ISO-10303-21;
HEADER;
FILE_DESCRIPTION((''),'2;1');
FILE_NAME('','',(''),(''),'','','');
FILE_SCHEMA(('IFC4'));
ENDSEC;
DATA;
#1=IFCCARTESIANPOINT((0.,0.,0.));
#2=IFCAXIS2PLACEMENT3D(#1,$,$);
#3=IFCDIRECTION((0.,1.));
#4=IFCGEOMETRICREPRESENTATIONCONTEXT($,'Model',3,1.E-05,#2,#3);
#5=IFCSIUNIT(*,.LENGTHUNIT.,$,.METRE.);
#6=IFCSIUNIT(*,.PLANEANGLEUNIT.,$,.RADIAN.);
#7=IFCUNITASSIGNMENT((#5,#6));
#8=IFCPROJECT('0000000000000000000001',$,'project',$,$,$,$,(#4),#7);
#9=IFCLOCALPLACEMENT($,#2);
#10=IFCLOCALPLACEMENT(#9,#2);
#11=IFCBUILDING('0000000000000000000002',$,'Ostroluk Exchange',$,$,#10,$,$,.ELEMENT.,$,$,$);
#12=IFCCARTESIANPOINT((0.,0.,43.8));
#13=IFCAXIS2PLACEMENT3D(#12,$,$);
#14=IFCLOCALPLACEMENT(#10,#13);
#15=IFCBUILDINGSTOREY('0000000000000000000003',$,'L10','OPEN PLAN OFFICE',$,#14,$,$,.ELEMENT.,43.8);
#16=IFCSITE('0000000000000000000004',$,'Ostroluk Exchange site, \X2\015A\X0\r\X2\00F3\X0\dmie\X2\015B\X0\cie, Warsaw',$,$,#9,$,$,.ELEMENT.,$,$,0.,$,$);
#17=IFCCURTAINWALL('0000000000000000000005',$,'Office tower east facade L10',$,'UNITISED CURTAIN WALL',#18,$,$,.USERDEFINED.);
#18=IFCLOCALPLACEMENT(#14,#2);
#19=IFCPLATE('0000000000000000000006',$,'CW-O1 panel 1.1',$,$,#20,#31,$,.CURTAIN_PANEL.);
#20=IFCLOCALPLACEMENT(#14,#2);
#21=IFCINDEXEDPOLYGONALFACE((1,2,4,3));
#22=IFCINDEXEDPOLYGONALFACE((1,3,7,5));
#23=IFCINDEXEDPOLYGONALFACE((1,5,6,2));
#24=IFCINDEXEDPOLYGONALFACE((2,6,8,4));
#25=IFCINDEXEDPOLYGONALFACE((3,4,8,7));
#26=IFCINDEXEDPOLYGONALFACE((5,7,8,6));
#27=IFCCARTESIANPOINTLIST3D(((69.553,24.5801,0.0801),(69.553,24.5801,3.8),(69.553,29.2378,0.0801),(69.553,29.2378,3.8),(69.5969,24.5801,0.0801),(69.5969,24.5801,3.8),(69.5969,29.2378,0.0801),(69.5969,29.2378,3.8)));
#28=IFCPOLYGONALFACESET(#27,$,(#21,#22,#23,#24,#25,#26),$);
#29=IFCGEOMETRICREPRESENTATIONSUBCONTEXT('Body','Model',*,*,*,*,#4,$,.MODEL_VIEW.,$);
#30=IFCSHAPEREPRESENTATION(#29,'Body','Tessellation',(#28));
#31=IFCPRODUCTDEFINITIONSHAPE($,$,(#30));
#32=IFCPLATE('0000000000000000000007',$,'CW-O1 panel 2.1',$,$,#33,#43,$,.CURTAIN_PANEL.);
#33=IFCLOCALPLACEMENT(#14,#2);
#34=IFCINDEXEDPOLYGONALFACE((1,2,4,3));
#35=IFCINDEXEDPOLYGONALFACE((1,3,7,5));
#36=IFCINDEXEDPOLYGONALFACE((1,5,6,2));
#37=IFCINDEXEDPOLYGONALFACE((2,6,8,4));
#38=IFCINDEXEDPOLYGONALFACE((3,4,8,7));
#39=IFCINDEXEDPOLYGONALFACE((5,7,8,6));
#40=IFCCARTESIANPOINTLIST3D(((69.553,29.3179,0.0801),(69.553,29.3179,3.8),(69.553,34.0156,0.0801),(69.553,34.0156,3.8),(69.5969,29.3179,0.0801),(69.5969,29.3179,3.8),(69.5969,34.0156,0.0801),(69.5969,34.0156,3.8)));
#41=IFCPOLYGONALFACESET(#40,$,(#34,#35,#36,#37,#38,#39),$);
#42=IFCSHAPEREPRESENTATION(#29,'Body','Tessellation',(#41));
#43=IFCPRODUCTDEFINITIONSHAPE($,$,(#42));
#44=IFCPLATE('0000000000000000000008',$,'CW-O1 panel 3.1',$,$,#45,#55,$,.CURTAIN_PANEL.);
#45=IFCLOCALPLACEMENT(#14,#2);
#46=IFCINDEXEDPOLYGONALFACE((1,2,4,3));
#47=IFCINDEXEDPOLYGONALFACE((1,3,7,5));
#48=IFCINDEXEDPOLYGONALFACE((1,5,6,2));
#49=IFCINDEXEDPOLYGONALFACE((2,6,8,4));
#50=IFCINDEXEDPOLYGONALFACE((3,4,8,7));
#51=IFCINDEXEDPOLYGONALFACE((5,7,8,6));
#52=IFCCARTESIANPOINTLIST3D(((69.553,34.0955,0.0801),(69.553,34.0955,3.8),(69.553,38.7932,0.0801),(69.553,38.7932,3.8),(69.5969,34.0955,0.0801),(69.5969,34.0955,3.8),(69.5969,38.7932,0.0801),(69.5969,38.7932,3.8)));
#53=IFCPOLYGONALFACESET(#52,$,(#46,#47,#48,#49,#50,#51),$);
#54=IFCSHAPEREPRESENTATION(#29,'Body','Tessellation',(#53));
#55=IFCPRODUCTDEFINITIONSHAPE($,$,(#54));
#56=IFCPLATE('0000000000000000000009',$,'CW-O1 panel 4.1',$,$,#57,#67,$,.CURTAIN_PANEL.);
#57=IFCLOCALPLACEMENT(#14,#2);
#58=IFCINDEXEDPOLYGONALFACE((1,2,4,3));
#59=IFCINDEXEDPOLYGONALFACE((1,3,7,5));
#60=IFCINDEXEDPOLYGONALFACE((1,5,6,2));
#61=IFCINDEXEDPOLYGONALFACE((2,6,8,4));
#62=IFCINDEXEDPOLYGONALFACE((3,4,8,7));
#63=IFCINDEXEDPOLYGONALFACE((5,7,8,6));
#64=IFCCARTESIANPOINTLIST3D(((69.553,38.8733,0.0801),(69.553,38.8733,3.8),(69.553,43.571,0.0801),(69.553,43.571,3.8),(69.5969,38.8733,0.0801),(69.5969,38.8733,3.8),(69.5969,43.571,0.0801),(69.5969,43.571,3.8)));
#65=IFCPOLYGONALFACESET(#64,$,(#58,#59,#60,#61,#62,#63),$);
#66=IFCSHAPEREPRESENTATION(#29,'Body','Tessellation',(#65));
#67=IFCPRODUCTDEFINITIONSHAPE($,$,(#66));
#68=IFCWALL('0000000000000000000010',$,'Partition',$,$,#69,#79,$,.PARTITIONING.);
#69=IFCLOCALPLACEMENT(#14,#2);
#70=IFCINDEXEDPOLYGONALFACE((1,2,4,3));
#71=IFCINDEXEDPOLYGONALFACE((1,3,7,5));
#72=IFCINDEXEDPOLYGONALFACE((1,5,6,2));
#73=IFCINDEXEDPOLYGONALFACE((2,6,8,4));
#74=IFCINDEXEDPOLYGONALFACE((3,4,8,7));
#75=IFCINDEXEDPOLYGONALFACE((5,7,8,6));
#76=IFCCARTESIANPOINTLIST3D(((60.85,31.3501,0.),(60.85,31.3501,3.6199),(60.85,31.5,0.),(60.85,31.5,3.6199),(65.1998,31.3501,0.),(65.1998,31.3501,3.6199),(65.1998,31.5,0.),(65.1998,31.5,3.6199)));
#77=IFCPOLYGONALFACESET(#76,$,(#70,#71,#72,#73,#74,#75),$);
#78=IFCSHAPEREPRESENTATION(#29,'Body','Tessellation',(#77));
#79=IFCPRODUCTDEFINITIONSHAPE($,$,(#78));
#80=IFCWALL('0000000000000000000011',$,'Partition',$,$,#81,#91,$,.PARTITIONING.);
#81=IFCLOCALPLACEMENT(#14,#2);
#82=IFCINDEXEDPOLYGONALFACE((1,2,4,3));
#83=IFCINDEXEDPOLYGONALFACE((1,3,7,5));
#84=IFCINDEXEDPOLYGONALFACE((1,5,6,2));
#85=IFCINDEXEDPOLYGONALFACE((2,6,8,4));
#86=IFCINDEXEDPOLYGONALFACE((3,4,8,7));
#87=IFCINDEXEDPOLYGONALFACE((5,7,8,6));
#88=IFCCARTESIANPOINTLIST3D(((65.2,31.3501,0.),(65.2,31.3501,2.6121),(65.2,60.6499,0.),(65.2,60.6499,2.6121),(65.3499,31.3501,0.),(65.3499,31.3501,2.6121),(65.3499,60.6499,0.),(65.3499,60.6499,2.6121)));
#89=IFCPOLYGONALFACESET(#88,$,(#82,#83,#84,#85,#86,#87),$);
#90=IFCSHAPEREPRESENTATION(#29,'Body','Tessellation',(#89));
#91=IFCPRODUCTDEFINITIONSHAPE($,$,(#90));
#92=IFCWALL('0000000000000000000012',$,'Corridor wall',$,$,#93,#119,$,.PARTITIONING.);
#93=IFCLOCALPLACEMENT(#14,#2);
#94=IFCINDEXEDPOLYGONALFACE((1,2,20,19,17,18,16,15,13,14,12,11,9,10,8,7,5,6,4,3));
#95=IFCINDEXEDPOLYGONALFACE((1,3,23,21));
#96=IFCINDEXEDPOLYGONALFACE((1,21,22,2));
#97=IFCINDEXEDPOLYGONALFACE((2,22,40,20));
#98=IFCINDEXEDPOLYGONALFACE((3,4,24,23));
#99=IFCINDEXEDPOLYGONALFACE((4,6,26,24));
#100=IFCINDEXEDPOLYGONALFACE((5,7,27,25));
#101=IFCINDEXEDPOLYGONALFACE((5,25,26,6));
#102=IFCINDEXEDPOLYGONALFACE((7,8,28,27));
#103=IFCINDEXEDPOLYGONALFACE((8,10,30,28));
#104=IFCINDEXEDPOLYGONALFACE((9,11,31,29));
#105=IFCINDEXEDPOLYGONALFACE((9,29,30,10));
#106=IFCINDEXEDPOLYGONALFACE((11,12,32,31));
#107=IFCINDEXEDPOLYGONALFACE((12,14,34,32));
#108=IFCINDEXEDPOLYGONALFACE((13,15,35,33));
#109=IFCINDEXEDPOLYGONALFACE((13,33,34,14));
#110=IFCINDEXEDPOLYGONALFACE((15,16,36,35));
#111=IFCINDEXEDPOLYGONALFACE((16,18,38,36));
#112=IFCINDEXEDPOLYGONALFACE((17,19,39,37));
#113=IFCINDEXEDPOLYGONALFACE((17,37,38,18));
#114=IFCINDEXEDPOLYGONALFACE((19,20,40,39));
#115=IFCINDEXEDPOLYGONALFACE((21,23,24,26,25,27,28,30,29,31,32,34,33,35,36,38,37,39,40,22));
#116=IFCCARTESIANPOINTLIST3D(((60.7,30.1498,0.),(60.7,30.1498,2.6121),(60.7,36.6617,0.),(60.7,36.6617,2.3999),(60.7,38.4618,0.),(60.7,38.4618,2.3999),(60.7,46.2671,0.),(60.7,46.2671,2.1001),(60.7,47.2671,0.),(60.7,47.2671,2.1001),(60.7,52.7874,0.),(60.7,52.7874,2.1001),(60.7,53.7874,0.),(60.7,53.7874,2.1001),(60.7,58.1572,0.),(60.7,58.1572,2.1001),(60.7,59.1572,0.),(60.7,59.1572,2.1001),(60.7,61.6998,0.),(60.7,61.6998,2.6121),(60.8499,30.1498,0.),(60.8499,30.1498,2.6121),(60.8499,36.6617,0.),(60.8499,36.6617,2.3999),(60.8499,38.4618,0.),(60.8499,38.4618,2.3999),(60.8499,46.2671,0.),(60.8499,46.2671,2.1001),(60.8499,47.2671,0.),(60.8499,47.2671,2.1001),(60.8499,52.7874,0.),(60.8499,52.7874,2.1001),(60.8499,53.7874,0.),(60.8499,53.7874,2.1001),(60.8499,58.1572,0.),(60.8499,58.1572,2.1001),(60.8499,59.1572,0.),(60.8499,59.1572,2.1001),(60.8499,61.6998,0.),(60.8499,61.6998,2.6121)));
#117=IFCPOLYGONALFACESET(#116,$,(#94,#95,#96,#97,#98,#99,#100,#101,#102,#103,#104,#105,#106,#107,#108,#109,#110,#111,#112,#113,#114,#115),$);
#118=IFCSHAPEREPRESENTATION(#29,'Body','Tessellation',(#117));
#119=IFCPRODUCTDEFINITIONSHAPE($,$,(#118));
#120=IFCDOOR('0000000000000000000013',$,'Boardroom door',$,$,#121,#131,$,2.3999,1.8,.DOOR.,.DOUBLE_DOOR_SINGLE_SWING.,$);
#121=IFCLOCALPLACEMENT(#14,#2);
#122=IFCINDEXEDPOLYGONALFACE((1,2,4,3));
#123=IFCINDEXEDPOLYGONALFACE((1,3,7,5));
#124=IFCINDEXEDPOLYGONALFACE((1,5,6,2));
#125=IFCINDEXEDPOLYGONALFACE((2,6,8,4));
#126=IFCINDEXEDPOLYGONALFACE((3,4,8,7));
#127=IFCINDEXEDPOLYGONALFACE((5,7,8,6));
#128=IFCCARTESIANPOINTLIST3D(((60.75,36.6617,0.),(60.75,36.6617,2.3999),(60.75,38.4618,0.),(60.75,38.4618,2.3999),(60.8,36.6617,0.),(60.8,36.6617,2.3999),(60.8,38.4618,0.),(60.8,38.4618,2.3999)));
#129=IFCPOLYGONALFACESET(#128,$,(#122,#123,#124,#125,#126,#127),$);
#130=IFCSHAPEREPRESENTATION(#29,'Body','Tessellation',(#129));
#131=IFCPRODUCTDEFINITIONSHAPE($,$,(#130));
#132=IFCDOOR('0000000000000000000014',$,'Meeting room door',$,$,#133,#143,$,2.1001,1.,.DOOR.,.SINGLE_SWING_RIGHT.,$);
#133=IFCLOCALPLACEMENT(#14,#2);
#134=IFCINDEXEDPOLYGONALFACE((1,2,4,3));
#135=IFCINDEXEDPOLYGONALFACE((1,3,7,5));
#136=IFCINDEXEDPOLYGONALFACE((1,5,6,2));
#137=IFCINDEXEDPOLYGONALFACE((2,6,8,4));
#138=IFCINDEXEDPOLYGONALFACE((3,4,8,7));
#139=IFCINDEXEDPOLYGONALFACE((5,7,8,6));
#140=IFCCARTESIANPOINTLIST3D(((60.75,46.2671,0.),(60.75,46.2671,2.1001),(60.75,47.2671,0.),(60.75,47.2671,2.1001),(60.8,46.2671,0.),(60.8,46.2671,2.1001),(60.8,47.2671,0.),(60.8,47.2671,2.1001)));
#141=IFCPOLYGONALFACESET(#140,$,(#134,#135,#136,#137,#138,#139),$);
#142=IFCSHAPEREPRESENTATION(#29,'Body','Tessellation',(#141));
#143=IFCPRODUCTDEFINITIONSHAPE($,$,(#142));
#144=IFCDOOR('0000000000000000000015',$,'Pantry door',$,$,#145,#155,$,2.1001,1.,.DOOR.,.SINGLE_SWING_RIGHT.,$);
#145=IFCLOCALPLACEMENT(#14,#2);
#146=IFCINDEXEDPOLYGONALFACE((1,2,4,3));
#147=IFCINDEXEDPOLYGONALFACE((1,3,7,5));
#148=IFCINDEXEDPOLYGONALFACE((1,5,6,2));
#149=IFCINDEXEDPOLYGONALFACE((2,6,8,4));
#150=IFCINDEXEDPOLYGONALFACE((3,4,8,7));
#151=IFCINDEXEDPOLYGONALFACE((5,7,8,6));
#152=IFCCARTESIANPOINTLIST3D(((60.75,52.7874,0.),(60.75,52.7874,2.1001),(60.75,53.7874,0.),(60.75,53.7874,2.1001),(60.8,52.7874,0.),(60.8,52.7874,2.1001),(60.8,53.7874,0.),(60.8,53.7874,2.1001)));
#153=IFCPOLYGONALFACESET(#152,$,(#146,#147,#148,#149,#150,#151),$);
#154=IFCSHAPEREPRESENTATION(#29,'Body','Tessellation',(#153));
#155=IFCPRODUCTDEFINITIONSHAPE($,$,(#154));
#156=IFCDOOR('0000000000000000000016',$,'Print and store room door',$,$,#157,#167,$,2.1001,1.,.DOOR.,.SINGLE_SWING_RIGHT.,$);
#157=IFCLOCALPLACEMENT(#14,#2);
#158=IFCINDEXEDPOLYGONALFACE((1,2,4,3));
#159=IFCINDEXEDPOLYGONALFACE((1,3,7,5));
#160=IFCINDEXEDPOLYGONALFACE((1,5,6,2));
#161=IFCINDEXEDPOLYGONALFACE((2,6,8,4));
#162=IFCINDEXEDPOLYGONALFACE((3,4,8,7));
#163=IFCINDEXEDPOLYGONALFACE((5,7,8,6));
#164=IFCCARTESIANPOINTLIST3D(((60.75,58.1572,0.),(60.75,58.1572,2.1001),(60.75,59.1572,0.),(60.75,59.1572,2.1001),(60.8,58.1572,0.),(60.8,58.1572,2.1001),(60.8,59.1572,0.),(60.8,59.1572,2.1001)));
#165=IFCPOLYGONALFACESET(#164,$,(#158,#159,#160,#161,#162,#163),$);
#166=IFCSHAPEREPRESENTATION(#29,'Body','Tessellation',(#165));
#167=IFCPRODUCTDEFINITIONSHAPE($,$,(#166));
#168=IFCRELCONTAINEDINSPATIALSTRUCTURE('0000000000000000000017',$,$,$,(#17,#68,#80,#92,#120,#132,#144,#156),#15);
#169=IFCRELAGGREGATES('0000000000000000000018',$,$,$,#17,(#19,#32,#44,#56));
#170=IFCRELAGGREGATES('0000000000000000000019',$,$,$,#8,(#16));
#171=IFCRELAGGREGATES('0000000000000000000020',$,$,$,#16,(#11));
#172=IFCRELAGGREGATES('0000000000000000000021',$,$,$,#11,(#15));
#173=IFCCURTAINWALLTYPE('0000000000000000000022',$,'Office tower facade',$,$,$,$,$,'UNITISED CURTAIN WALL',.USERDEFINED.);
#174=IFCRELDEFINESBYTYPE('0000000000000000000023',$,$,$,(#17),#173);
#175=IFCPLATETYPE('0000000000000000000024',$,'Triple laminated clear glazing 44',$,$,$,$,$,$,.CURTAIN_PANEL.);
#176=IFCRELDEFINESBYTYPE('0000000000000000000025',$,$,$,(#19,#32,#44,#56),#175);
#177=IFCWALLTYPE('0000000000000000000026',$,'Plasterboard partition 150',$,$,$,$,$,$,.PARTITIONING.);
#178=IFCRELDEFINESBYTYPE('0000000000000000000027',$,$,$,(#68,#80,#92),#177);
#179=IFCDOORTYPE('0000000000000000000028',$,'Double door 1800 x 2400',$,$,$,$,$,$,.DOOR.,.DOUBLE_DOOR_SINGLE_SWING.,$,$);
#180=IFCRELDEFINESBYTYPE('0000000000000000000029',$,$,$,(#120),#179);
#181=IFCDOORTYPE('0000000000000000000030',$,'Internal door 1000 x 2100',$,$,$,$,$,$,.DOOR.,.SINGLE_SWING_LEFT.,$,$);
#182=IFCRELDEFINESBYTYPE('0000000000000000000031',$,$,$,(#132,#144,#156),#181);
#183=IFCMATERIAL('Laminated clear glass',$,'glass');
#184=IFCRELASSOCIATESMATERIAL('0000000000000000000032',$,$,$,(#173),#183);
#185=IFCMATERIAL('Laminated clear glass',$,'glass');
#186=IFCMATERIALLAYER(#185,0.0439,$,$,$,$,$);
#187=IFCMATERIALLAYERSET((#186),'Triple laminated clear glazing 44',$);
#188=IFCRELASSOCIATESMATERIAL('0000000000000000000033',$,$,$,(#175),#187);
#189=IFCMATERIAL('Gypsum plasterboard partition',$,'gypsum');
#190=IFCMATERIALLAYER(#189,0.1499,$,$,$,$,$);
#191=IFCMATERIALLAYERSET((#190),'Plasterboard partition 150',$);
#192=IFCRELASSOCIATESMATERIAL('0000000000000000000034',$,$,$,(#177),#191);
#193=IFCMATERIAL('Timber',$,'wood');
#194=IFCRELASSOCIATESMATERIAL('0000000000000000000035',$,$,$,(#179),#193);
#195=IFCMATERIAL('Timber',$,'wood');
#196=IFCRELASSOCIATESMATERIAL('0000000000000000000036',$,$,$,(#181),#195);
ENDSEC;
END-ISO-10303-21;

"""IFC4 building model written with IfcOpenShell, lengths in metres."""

from ifc_helpers import new_model, si_unit, direction, frame, frame_2d, origin, origin_2d, place, context, subcontext, project, spatial, rectangle, extrude, material, layer, layer_set, type_object, element, fill, aggregate, save


model = new_model("IFC4")

# Units and contexts
model_context = context("Model", 3, precision=1e-05, world=origin(), true_north=direction((0.0, 1.0)))
body_context = subcontext(model_context, "Body", "Model", "MODEL_VIEW")
ifc_project = project(units=[si_unit("LENGTHUNIT", "METRE"), si_unit("PLANEANGLEUNIT", "RADIAN")], contexts=[model_context])

# Site, building, storey
site_placement = place(None, origin())
site = spatial("IfcSite", under=ifc_project, at=site_placement, Name="Ostroluk Exchange site, Śródmieście, Warsaw", CompositionType="ELEMENT", RefElevation=0.0)
building_placement = place(site_placement, origin())
building = spatial("IfcBuilding", under=site, at=building_placement, Name="Ostroluk Exchange", CompositionType="ELEMENT")
storey_placement = place(building_placement, frame((0.0, 0.0, 43.8)))
storey = spatial("IfcBuildingStorey", under=building, at=storey_placement, Name="L10", Description="OPEN PLAN OFFICE", CompositionType="ELEMENT", Elevation=43.8)

# Curtain wall, plates
ifc_material_1 = material(Name="Laminated clear glass", Category="glass")
curtain_wall_type = type_object("IfcCurtainWallType", Name="Office tower facade", ElementType="UNITISED CURTAIN WALL", PredefinedType="USERDEFINED", material=ifc_material_1)
curtain_wall_placement = place(storey_placement, origin())
curtain_wall = element("IfcCurtainWall", 1, at=curtain_wall_placement, inside=storey, type_object=curtain_wall_type, Name="Office tower east facade L10", ObjectType="UNITISED CURTAIN WALL", PredefinedType="USERDEFINED")
ifc_material_2 = material(Name="Laminated clear glass", Category="glass")
ifc_layer_1 = layer(ifc_material_2, 0.0439)
ifc_layer_set_1 = layer_set([ifc_layer_1], Name="Triple laminated clear glazing 44")
plate_type = type_object("IfcPlateType", Name="Triple laminated clear glazing 44", PredefinedType="CURTAIN_PANEL", material=ifc_layer_set_1)
plate_1_placement = place(storey_placement, frame((69.575, 26.9089, 0.0801), z_axis=(0.0, 0.0, 1.0), x_axis=(0.0, 1.0, 0.0)))
plate_1 = element("IfcPlate", 2, at=plate_1_placement, type_object=plate_type, Name="CW-O1 panel 1.1", PredefinedType="CURTAIN_PANEL", context=body_context, shape_type="SweptSolid", body=[
    extrude(rectangle(XDim=4.6577, YDim=0.0439, at=origin_2d()), origin(), (0.0, 0.0, 1.0), 3.72),
])
plate_2_placement = place(storey_placement, frame((69.575, 31.6667, 0.0801), z_axis=(0.0, 0.0, 1.0), x_axis=(0.0, 1.0, 0.0)))
plate_2 = element("IfcPlate", 3, at=plate_2_placement, type_object=plate_type, Name="CW-O1 panel 2.1", PredefinedType="CURTAIN_PANEL", context=body_context, shape_type="SweptSolid", body=[
    extrude(rectangle(XDim=4.6978, YDim=0.0439, at=origin_2d()), origin(), (0.0, 0.0, 1.0), 3.72),
])
plate_3_placement = place(storey_placement, frame((69.575, 36.4443, 0.0801), z_axis=(0.0, 0.0, 1.0), x_axis=(0.0, 1.0, 0.0)))
plate_3 = element("IfcPlate", 4, at=plate_3_placement, type_object=plate_type, Name="CW-O1 panel 3.1", PredefinedType="CURTAIN_PANEL", context=body_context, shape_type="SweptSolid", body=[
    extrude(rectangle(XDim=4.6978, YDim=0.0439, at=origin_2d()), origin(), (0.0, 0.0, 1.0), 3.72),
])
plate_4_placement = place(storey_placement, frame((69.575, 41.2222, 0.0801), z_axis=(0.0, 0.0, 1.0), x_axis=(0.0, 1.0, 0.0)))
plate_4 = element("IfcPlate", 5, at=plate_4_placement, type_object=plate_type, Name="CW-O1 panel 4.1", PredefinedType="CURTAIN_PANEL", context=body_context, shape_type="SweptSolid", body=[
    extrude(rectangle(XDim=4.6978, YDim=0.0439, at=origin_2d()), origin(), (0.0, 0.0, 1.0), 3.72),
])
aggregate(curtain_wall, [plate_1, plate_2, plate_3, plate_4])

# Walls
ifc_material_3 = material(Name="Gypsum plasterboard partition", Category="gypsum")
ifc_layer_2 = layer(ifc_material_3, 0.1499)
ifc_layer_set_2 = layer_set([ifc_layer_2], Name="Plasterboard partition 150")
wall_type_1 = type_object("IfcWallType", Name="Plasterboard partition 150", PredefinedType="PARTITIONING", material=ifc_layer_set_2)
wall_1_placement = place(storey_placement, frame((60.8501, 31.425, 0.0), z_axis=(0.0, 0.0, 1.0), x_axis=(1.0, 0.0, 0.0)))
element("IfcWall", 6, at=wall_1_placement, inside=storey, type_object=wall_type_1, Name="Partition", PredefinedType="PARTITIONING", context=body_context, shape_type="SweptSolid", body=[
    extrude(rectangle(XDim=4.3499, YDim=0.1499, at=frame_2d((2.1748, 0.0))), origin(), (0.0, 0.0, 1.0), 3.6199),
])
wall_2_placement = place(storey_placement, frame((65.2749, 31.3501, 0.0), z_axis=(0.0, 0.0, 1.0), x_axis=(0.0, 1.0, 0.0)))
element("IfcWall", 7, at=wall_2_placement, inside=storey, type_object=wall_type_1, Name="Partition", PredefinedType="PARTITIONING", context=body_context, shape_type="SweptSolid", body=[
    extrude(rectangle(XDim=29.2998, YDim=0.1499, at=frame_2d((14.6499, 0.0))), origin(), (0.0, 0.0, 1.0), 2.6121),
])

# Wall, openings, doors
wall_3_placement = place(storey_placement, frame((60.7749, 30.1499, 0.0), z_axis=(0.0, 0.0, 1.0), x_axis=(0.0, 1.0, 0.0)))
wall_3 = element("IfcWall", 8, at=wall_3_placement, inside=storey, type_object=wall_type_1, Name="Corridor wall", PredefinedType="PARTITIONING", context=body_context, shape_type="SweptSolid", body=[
    extrude(rectangle(XDim=31.55, YDim=0.1499, at=frame_2d((15.7749, 0.0))), origin(), (0.0, 0.0, 1.0), 2.6121),
])
opening_1_placement = place(wall_3_placement, frame((6.512, 0.0, 0.0)))
opening_1 = element("IfcOpeningElement", 9, at=opening_1_placement, cuts=wall_3, PredefinedType="OPENING", context=body_context, shape_type="SweptSolid", body=[
    extrude(rectangle(XDim=1.8, YDim=2.3999, at=frame_2d((0.8999, 1.2))), frame((0.0, 0.085, 0.0), z_axis=(0.0, -1.0, 0.0), x_axis=(1.0, 0.0, 0.0)), (0.0, 0.0, 1.0), 0.1699),
])
opening_2_placement = place(wall_3_placement, frame((16.1172, 0.0, 0.0)))
opening_2 = element("IfcOpeningElement", 10, at=opening_2_placement, cuts=wall_3, PredefinedType="OPENING", context=body_context, shape_type="SweptSolid", body=[
    extrude(rectangle(XDim=1.0, YDim=2.1001, at=frame_2d((0.5, 1.05))), frame((0.0, 0.085, 0.0), z_axis=(0.0, -1.0, 0.0), x_axis=(1.0, 0.0, 0.0)), (0.0, 0.0, 1.0), 0.1699),
])
opening_3_placement = place(wall_3_placement, frame((22.6375, 0.0, 0.0)))
opening_3 = element("IfcOpeningElement", 11, at=opening_3_placement, cuts=wall_3, PredefinedType="OPENING", context=body_context, shape_type="SweptSolid", body=[
    extrude(rectangle(XDim=1.0, YDim=2.1001, at=frame_2d((0.5, 1.05))), frame((0.0, 0.085, 0.0), z_axis=(0.0, -1.0, 0.0), x_axis=(1.0, 0.0, 0.0)), (0.0, 0.0, 1.0), 0.1699),
])
opening_4_placement = place(wall_3_placement, frame((28.0073, 0.0, 0.0)))
opening_4 = element("IfcOpeningElement", 12, at=opening_4_placement, cuts=wall_3, PredefinedType="OPENING", context=body_context, shape_type="SweptSolid", body=[
    extrude(rectangle(XDim=1.0, YDim=2.1001, at=frame_2d((0.5, 1.05))), frame((0.0, 0.085, 0.0), z_axis=(0.0, -1.0, 0.0), x_axis=(1.0, 0.0, 0.0)), (0.0, 0.0, 1.0), 0.1699),
])
ifc_material_4 = material(Name="Timber", Category="wood")
door_type_1 = type_object("IfcDoorType", Name="Double door 1800 x 2400", OperationType="DOUBLE_DOOR_SINGLE_SWING", PredefinedType="DOOR", material=ifc_material_4)
door_1_placement = place(opening_1_placement, origin())
door_1 = element("IfcDoor", 13, at=door_1_placement, inside=storey, type_object=door_type_1, Name="Boardroom door", OperationType="DOUBLE_DOOR_SINGLE_SWING", OverallHeight=2.3999, OverallWidth=1.8, PredefinedType="DOOR", context=body_context, shape_type="SweptSolid", body=[
    extrude(rectangle(XDim=1.8, YDim=2.3999, at=frame_2d((0.8999, 1.2))), frame((0.0, 0.0249, 0.0), z_axis=(0.0, -1.0, 0.0), x_axis=(1.0, 0.0, 0.0)), (0.0, 0.0, 1.0), 0.05),
])
fill(opening_1, door_1)
ifc_material_5 = material(Name="Timber", Category="wood")
door_type_2 = type_object("IfcDoorType", Name="Internal door 1000 x 2100", OperationType="SINGLE_SWING_LEFT", PredefinedType="DOOR", material=ifc_material_5)
door_2_placement = place(opening_2_placement, origin())
door_2 = element("IfcDoor", 14, at=door_2_placement, inside=storey, type_object=door_type_2, Name="Meeting room door", OperationType="SINGLE_SWING_RIGHT", OverallHeight=2.1001, OverallWidth=1.0, PredefinedType="DOOR", context=body_context, shape_type="SweptSolid", body=[
    extrude(rectangle(XDim=1.0, YDim=2.1001, at=frame_2d((0.5, 1.05))), frame((0.0, 0.0249, 0.0), z_axis=(0.0, -1.0, 0.0), x_axis=(1.0, 0.0, 0.0)), (0.0, 0.0, 1.0), 0.05),
])
fill(opening_2, door_2)
door_3_placement = place(opening_3_placement, origin())
door_3 = element("IfcDoor", 15, at=door_3_placement, inside=storey, type_object=door_type_2, Name="Pantry door", OperationType="SINGLE_SWING_RIGHT", OverallHeight=2.1001, OverallWidth=1.0, PredefinedType="DOOR", context=body_context, shape_type="SweptSolid", body=[
    extrude(rectangle(XDim=1.0, YDim=2.1001, at=frame_2d((0.5, 1.05))), frame((0.0, 0.0249, 0.0), z_axis=(0.0, -1.0, 0.0), x_axis=(1.0, 0.0, 0.0)), (0.0, 0.0, 1.0), 0.05),
])
fill(opening_3, door_3)
door_4_placement = place(opening_4_placement, origin())
door_4 = element("IfcDoor", 16, at=door_4_placement, inside=storey, type_object=door_type_2, Name="Print and store room door", OperationType="SINGLE_SWING_RIGHT", OverallHeight=2.1001, OverallWidth=1.0, PredefinedType="DOOR", context=body_context, shape_type="SweptSolid", body=[
    extrude(rectangle(XDim=1.0, YDim=2.1001, at=frame_2d((0.5, 1.05))), frame((0.0, 0.0249, 0.0), z_axis=(0.0, -1.0, 0.0), x_axis=(1.0, 0.0, 0.0)), (0.0, 0.0, 1.0), 0.05),
])
fill(opening_4, door_4)

save(model, "model.ifc")
